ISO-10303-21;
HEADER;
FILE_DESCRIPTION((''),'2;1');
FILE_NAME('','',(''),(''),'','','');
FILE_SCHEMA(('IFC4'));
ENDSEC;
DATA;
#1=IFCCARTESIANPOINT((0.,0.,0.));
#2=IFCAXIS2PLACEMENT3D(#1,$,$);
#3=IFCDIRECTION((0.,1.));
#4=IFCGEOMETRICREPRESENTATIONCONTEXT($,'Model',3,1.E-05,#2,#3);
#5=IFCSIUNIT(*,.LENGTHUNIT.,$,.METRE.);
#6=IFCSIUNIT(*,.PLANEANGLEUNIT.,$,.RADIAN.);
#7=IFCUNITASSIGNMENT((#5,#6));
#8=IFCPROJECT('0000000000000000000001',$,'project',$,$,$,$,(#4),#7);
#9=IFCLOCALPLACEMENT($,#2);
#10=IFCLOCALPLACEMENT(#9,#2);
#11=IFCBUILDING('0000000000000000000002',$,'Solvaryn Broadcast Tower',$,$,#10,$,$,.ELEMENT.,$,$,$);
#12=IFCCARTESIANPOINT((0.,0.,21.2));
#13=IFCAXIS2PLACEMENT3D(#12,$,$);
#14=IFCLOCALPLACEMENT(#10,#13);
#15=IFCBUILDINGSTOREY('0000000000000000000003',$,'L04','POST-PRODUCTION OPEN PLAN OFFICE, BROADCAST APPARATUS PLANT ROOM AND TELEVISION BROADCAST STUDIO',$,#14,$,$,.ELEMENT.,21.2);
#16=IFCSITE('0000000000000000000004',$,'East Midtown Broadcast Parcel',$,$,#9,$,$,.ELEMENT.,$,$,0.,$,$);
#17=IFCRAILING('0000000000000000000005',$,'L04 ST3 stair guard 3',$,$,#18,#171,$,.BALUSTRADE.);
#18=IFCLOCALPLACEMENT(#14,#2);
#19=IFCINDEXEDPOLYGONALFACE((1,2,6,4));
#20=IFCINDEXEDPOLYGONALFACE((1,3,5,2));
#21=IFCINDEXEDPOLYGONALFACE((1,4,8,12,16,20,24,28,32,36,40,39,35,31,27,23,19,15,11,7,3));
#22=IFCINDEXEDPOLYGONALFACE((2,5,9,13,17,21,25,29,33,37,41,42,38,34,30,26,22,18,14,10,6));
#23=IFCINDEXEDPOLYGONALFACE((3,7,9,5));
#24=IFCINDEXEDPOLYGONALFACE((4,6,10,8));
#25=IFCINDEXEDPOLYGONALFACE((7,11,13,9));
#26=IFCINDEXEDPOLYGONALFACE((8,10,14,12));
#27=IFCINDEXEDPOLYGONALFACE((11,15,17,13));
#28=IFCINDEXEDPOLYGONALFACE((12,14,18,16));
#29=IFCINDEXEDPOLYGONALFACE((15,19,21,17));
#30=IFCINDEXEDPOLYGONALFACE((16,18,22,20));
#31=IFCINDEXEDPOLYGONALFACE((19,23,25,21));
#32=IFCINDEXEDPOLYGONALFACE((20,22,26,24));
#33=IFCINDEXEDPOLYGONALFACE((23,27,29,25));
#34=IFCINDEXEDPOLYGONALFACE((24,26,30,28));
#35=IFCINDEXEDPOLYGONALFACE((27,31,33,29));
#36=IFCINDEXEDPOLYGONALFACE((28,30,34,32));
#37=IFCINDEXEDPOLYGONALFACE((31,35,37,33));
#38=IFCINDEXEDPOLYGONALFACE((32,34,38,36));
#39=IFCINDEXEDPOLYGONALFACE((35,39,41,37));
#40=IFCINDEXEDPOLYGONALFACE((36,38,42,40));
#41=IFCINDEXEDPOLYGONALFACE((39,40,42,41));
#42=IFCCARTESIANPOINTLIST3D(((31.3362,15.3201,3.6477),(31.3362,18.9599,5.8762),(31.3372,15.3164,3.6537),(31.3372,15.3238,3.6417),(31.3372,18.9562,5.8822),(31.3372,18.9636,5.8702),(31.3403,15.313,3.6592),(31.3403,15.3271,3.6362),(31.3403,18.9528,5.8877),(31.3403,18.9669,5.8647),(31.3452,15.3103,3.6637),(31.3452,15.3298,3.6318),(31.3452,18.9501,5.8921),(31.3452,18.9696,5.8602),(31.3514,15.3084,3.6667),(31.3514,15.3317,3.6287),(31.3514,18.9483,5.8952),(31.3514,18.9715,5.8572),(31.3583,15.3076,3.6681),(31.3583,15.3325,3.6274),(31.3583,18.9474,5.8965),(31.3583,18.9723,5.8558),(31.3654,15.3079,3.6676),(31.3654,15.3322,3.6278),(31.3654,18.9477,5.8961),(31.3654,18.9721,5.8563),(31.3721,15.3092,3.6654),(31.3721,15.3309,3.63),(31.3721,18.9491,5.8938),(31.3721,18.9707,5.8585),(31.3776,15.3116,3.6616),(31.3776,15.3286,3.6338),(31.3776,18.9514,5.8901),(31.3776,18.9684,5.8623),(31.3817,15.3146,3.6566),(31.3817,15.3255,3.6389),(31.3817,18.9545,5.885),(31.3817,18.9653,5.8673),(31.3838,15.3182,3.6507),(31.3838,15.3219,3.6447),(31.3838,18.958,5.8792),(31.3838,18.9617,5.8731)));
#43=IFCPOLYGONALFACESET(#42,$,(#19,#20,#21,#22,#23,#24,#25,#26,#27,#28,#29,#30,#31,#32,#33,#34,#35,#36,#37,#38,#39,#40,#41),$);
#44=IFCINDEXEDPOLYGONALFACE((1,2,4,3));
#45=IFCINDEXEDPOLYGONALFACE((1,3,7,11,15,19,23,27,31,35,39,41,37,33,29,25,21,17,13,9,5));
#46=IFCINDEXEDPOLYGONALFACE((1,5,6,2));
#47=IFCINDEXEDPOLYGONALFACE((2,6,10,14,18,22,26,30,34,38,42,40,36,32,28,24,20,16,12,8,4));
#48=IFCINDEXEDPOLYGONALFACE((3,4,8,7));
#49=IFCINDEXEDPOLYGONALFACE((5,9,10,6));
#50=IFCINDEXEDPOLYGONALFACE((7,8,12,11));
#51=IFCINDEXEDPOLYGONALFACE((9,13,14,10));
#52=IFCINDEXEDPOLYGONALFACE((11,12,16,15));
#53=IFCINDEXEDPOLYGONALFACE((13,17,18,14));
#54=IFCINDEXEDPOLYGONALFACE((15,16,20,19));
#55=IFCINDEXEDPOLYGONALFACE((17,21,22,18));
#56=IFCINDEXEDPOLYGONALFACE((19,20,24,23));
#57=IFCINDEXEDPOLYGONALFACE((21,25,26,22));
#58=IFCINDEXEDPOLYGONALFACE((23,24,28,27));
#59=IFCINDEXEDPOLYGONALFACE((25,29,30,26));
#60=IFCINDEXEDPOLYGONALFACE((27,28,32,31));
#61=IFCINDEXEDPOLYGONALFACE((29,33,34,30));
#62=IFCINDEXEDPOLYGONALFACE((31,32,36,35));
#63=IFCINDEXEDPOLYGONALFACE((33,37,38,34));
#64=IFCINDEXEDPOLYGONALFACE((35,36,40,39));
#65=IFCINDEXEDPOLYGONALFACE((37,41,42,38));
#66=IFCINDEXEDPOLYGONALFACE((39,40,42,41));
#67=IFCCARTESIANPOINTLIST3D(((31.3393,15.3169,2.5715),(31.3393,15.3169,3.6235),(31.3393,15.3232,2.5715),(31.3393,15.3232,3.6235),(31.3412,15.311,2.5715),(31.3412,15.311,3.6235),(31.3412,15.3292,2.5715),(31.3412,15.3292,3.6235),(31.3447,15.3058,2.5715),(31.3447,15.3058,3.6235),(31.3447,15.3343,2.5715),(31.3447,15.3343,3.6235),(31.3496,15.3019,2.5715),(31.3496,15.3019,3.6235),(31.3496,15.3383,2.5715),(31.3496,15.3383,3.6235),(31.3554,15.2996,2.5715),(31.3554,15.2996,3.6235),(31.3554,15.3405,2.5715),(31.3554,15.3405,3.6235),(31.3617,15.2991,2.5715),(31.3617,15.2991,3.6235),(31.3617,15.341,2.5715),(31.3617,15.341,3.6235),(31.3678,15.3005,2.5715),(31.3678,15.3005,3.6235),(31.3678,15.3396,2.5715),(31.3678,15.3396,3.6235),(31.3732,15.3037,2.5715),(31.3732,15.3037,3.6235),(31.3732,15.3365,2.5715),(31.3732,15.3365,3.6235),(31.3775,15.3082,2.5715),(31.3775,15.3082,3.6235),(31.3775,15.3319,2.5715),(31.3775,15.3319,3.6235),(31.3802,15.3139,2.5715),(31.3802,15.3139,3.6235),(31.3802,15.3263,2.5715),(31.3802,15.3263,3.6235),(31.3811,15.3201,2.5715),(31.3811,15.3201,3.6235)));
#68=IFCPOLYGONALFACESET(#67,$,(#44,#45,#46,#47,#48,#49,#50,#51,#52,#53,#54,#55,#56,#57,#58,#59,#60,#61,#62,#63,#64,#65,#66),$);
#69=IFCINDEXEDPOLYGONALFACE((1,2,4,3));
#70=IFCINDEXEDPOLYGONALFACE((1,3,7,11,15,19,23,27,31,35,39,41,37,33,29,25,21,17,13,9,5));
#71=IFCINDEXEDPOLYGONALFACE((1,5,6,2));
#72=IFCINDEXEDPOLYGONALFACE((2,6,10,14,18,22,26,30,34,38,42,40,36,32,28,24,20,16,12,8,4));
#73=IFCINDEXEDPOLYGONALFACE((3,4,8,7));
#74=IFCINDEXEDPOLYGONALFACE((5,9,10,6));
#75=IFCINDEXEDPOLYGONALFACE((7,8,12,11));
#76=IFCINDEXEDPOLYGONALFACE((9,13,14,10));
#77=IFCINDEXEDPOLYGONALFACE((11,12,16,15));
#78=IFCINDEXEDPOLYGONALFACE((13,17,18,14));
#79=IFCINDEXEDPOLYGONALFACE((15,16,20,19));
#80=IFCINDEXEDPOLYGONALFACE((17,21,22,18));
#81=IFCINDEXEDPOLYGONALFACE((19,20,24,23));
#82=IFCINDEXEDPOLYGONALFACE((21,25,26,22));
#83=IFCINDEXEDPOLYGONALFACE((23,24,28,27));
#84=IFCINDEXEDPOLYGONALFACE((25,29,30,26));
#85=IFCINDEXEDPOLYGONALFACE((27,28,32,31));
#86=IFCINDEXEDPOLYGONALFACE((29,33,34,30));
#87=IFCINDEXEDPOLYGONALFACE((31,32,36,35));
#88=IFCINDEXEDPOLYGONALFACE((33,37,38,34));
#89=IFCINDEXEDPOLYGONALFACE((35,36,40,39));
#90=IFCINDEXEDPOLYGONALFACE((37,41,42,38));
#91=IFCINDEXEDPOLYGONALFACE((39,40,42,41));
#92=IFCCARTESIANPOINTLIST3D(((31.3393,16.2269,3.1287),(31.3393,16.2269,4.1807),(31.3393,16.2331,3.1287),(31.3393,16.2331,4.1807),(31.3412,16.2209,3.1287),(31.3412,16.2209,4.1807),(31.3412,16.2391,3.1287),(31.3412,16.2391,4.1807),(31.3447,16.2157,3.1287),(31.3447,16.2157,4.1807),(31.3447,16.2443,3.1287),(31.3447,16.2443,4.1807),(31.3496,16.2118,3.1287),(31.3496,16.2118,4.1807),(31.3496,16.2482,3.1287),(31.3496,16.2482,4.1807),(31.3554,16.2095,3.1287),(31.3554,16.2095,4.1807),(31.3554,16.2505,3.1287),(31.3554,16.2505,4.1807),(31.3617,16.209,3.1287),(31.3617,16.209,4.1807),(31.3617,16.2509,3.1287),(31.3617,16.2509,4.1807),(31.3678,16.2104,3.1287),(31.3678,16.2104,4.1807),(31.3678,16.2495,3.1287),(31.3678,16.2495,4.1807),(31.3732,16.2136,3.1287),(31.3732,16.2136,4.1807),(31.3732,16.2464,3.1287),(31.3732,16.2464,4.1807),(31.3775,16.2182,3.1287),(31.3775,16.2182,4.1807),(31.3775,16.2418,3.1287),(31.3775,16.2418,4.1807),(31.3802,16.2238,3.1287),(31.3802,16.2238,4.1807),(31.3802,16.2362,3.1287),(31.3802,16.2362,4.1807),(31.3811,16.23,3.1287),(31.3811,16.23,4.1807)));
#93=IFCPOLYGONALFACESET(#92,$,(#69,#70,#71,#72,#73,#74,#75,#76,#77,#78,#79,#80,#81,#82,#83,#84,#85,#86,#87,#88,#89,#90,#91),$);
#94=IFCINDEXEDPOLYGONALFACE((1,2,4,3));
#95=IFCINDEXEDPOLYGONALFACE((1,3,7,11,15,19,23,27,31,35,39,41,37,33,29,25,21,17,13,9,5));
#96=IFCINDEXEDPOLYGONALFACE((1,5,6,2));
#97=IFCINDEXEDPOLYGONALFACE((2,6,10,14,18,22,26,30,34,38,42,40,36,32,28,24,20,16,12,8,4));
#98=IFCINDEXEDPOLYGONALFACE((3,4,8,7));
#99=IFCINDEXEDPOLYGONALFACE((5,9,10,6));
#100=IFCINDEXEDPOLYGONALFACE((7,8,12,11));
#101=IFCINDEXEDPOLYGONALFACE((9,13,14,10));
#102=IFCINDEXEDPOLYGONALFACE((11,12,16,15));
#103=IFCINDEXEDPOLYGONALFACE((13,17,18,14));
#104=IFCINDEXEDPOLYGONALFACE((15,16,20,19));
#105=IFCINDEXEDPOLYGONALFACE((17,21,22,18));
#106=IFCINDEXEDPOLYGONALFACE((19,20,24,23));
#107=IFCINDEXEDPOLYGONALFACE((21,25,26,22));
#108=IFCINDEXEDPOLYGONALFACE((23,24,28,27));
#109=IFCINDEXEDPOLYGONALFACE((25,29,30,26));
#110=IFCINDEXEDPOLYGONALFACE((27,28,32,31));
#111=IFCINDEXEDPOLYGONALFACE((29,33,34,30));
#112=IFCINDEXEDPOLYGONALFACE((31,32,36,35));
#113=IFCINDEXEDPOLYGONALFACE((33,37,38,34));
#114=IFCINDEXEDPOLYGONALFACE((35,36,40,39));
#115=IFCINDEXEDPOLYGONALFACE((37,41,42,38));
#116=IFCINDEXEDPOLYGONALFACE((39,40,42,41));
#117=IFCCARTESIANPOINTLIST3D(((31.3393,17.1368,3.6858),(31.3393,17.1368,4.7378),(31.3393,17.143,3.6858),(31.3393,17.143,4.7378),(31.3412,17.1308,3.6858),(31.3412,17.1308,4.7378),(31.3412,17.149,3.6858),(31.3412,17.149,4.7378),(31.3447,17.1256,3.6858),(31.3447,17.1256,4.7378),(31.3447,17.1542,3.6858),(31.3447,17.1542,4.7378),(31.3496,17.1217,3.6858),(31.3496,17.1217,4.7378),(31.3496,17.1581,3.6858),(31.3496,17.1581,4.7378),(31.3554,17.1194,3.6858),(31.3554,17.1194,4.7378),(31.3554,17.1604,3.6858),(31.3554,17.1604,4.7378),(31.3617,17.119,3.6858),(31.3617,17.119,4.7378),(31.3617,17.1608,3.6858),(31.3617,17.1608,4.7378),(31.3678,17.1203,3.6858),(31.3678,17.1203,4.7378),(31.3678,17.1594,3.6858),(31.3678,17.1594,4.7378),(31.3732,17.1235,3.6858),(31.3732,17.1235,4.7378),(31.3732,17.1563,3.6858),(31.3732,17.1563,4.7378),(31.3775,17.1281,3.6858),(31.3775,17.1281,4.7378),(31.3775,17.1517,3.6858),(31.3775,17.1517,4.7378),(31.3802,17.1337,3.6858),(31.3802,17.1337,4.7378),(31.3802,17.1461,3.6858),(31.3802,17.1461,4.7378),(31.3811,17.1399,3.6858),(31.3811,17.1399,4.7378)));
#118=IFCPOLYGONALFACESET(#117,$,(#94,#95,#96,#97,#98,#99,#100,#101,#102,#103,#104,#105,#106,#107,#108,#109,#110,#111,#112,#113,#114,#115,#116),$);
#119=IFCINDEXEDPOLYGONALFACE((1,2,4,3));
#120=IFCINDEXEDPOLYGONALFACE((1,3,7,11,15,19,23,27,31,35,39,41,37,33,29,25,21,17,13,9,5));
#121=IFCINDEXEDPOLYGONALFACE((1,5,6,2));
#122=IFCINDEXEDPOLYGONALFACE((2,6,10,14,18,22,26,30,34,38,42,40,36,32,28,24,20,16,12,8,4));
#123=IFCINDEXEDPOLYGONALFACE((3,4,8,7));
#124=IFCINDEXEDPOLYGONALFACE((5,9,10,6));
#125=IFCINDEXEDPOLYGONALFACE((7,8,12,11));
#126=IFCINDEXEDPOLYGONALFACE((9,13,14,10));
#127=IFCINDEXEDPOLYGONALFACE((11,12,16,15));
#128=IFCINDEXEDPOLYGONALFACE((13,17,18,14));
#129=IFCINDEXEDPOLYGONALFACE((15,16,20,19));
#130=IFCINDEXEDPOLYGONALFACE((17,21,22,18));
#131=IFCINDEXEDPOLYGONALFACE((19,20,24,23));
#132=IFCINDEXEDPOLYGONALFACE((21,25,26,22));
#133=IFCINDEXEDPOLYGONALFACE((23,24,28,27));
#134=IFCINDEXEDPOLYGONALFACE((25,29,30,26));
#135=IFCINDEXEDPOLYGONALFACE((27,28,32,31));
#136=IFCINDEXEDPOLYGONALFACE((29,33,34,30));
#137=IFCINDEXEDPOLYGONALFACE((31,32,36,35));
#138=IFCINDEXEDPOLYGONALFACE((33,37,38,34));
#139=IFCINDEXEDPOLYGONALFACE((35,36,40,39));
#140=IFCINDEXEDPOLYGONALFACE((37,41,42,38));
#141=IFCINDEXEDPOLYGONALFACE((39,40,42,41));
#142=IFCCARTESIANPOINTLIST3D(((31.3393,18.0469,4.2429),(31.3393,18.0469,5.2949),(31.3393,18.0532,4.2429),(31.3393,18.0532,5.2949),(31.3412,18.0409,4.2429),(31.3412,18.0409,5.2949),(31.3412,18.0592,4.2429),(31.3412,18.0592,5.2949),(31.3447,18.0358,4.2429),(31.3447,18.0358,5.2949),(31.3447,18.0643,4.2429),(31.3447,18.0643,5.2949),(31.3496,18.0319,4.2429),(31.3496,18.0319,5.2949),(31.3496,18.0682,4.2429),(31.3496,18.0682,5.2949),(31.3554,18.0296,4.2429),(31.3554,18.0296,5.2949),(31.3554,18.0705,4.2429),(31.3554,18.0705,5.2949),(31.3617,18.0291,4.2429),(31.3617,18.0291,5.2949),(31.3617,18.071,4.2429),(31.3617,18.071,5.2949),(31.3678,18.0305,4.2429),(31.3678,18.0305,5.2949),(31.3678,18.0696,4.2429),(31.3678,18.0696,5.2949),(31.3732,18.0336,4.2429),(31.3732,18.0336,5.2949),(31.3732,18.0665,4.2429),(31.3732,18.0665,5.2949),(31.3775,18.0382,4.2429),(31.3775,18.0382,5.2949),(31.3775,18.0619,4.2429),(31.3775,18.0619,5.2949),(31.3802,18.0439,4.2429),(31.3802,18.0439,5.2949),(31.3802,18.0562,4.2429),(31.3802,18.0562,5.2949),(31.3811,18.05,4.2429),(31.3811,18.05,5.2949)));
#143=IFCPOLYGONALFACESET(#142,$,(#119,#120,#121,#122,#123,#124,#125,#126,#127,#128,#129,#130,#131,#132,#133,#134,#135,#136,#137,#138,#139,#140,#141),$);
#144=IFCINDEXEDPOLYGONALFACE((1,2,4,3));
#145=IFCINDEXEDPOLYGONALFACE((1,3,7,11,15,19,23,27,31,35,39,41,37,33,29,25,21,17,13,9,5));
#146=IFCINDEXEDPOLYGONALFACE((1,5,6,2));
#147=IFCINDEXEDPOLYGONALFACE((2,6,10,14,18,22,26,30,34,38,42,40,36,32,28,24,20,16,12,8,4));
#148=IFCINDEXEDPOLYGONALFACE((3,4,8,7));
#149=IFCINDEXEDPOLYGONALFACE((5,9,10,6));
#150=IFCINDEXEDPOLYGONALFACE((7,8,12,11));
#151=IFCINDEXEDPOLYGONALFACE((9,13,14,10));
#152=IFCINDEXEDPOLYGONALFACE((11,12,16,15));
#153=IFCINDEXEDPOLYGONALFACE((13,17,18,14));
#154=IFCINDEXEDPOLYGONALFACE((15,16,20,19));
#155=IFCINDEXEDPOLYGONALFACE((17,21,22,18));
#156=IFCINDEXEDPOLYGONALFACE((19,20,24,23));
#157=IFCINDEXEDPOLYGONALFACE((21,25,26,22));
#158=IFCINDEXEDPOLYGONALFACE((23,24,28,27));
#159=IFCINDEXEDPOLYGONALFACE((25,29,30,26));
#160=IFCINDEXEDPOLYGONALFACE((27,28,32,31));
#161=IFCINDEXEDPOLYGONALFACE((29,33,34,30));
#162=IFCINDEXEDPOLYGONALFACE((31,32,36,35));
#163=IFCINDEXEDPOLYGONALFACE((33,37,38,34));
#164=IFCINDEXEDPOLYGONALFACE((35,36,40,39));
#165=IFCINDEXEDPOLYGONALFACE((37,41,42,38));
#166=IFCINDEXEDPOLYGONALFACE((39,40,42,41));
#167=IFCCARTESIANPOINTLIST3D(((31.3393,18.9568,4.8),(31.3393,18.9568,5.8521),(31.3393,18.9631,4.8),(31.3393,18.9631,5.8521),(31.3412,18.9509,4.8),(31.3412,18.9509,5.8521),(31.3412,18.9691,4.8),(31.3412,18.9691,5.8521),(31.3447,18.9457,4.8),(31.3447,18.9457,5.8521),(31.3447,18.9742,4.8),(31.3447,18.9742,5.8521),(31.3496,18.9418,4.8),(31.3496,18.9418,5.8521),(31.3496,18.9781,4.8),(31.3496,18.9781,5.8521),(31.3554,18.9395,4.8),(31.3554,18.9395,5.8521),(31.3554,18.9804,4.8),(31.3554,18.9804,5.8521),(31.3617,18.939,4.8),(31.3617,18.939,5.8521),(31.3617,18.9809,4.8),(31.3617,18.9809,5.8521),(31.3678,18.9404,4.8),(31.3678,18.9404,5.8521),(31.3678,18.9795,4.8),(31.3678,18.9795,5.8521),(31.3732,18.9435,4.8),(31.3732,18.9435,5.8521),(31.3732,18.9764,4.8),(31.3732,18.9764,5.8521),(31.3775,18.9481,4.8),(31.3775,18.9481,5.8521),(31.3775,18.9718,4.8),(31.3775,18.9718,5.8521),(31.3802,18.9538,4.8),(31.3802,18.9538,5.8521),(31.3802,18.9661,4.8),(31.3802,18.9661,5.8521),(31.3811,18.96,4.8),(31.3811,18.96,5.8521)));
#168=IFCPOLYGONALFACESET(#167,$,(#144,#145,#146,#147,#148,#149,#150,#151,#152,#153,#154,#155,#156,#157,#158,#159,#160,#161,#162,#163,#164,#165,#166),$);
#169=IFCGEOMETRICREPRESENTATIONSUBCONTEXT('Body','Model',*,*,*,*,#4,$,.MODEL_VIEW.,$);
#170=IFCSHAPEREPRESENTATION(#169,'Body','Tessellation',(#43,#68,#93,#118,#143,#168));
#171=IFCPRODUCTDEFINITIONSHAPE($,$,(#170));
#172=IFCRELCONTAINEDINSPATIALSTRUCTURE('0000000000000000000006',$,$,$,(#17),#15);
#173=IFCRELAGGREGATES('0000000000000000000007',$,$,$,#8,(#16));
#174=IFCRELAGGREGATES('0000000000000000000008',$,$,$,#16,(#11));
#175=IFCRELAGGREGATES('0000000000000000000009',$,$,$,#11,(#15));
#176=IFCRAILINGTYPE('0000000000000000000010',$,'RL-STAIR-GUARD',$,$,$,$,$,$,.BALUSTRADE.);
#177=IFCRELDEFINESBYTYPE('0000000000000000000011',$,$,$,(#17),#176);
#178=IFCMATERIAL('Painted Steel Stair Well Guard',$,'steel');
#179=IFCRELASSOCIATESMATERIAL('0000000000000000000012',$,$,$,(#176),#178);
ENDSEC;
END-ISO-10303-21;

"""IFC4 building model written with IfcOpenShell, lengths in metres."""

from ifc_helpers import new_model, si_unit, direction, frame, origin, origin_2d, place, context, subcontext, project, spatial, circle, extrude, material, type_object, element, save


model = new_model("IFC4")

# Units and contexts
model_context = context("Model", 3, precision=1e-05, world=origin(), true_north=direction((0.0, 1.0)))
body_context = subcontext(model_context, "Body", "Model", "MODEL_VIEW")
ifc_project = project(units=[si_unit("LENGTHUNIT", "METRE"), si_unit("PLANEANGLEUNIT", "RADIAN")], contexts=[model_context])

# Site, building, storey
site_placement = place(None, origin())
site = spatial("IfcSite", under=ifc_project, at=site_placement, Name="East Midtown Broadcast Parcel", CompositionType="ELEMENT", RefElevation=0.0)
building_placement = place(site_placement, origin())
building = spatial("IfcBuilding", under=site, at=building_placement, Name="Solvaryn Broadcast Tower", CompositionType="ELEMENT")
storey_placement = place(building_placement, frame((0.0, 0.0, 21.2)))
storey = spatial("IfcBuildingStorey", under=building, at=storey_placement, Name="L04", Description="POST-PRODUCTION OPEN PLAN OFFICE, BROADCAST APPARATUS PLANT ROOM AND TELEVISION BROADCAST STUDIO", CompositionType="ELEMENT", Elevation=21.2)

# Railing
ifc_material_1 = material(Name="Painted Steel Stair Well Guard", Category="steel")
railing_type_1 = type_object("IfcRailingType", Name="RL-STAIR-GUARD", PredefinedType="BALUSTRADE", material=ifc_material_1)
railing_1_placement = place(storey_placement, frame((31.3601, 15.3201, 2.5715)))
element("IfcRailing", 1, at=railing_1_placement, inside=storey, type_object=railing_type_1, Name="L04 ST3 stair guard 3", PredefinedType="BALUSTRADE", context=body_context, shape_type="SweptSolid", body=[
    extrude(circle(Radius=0.0239, at=origin_2d()), frame((0.0, 0.0, 1.0762), z_axis=(0.0, 0.85285, 0.522156), x_axis=(-1.0, 0.0, 0.0)), (0.0, 0.0, 1.0), 4.2678),
    extrude(circle(Radius=0.021, at=origin_2d()), origin(), (0.0, 0.0, 1.0), 1.052),
    extrude(circle(Radius=0.021, at=origin_2d()), frame((0.0, 0.9099, 0.5571)), (0.0, 0.0, 1.0), 1.052),
    extrude(circle(Radius=0.021, at=origin_2d()), frame((0.0, 1.8198, 1.1143)), (0.0, 0.0, 1.0), 1.052),
    extrude(circle(Radius=0.021, at=origin_2d()), frame((0.0, 2.73, 1.6714)), (0.0, 0.0, 1.0), 1.052),
    extrude(circle(Radius=0.021, at=origin_2d()), frame((0.0, 3.6399, 2.2285)), (0.0, 0.0, 1.0), 1.052),
])

save(model, "model.ifc")
